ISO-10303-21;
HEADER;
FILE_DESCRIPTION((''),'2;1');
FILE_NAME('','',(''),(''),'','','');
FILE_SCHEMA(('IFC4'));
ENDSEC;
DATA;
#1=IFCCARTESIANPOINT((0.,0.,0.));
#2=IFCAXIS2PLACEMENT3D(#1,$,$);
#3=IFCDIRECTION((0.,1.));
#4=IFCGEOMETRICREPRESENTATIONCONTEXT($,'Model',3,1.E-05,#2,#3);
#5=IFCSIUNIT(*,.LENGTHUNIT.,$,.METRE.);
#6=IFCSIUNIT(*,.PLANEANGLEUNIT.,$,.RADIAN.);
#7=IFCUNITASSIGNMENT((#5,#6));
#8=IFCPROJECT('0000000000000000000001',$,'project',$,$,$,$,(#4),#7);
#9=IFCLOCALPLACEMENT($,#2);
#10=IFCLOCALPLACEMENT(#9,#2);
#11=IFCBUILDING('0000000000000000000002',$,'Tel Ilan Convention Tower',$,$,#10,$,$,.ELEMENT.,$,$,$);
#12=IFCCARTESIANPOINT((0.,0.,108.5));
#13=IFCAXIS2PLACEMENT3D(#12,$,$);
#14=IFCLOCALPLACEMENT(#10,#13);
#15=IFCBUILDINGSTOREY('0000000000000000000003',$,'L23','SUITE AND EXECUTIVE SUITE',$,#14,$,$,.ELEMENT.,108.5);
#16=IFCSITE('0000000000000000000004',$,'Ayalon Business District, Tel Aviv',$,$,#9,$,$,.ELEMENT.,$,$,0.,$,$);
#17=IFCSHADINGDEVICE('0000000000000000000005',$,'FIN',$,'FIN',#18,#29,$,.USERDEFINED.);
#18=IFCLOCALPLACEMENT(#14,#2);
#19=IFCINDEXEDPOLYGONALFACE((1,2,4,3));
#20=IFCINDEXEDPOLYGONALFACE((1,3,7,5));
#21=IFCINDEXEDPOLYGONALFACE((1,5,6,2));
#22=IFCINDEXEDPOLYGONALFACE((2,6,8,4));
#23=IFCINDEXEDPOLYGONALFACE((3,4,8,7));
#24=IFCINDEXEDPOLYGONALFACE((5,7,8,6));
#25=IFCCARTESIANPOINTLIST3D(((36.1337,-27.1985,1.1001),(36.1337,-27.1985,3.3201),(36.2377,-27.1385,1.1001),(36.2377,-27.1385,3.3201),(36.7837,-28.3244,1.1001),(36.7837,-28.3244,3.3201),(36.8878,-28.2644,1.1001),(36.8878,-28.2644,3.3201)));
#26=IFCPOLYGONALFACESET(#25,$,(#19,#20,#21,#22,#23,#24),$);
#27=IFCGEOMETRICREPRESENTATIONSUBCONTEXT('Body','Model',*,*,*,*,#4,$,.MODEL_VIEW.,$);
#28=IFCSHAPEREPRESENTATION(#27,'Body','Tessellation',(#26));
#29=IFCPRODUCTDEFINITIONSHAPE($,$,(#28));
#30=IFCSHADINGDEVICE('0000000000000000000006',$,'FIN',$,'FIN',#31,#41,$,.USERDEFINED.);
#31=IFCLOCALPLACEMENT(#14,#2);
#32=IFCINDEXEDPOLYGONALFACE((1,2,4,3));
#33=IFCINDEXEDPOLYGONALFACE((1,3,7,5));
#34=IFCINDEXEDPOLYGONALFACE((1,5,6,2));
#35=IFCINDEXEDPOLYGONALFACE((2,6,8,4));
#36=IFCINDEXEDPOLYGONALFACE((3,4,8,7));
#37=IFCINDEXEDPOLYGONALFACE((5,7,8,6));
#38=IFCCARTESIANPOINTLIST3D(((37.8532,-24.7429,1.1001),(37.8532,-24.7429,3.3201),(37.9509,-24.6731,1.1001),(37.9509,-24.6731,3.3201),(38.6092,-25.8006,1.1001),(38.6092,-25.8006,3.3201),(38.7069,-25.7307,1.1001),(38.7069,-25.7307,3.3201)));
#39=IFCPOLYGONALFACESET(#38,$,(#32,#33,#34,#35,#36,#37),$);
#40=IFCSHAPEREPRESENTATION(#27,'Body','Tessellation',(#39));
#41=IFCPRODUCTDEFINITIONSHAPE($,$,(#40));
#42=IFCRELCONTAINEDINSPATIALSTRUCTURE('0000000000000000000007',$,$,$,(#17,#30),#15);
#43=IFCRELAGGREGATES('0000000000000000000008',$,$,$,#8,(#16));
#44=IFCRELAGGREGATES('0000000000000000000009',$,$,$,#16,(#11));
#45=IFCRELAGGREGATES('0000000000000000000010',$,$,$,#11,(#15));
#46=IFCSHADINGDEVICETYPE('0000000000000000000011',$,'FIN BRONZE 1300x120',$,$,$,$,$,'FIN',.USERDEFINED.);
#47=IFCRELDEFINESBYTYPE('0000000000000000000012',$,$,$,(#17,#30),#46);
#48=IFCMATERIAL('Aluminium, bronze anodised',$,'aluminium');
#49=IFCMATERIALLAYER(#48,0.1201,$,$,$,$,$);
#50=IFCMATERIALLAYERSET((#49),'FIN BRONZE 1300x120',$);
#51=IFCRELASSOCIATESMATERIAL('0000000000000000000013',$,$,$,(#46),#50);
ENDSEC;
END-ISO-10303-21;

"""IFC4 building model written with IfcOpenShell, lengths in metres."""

from ifc_helpers import new_model, si_unit, direction, frame, origin, origin_2d, place, context, subcontext, project, spatial, rectangle, extrude, material, layer, layer_set, type_object, element, save


model = new_model("IFC4")

# Units and contexts
model_context = context("Model", 3, precision=1e-05, world=origin(), true_north=direction((0.0, 1.0)))
body_context = subcontext(model_context, "Body", "Model", "MODEL_VIEW")
ifc_project = project(units=[si_unit("LENGTHUNIT", "METRE"), si_unit("PLANEANGLEUNIT", "RADIAN")], contexts=[model_context])

# Site, building, storey
site_placement = place(None, origin())
site = spatial("IfcSite", under=ifc_project, at=site_placement, Name="Ayalon Business District, Tel Aviv", CompositionType="ELEMENT", RefElevation=0.0)
building_placement = place(site_placement, origin())
building = spatial("IfcBuilding", under=site, at=building_placement, Name="Tel Ilan Convention Tower", CompositionType="ELEMENT")
storey_placement = place(building_placement, frame((0.0, 0.0, 108.5)))
storey = spatial("IfcBuildingStorey", under=building, at=storey_placement, Name="L23", Description="SUITE AND EXECUTIVE SUITE", CompositionType="ELEMENT", Elevation=108.5)

# Shading devices
ifc_material_1 = material(Name="Aluminium, bronze anodised", Category="aluminium")
ifc_layer_1 = layer(ifc_material_1, 0.1201)
ifc_layer_set_1 = layer_set([ifc_layer_1], Name="FIN BRONZE 1300x120")
shading_device_type = type_object("IfcShadingDeviceType", Name="FIN BRONZE 1300x120", ElementType="FIN", PredefinedType="USERDEFINED", material=ifc_layer_set_1)
for number, where, z_axis, x_axis, name in (
    (1, (36.5107, -27.7314, 1.1001), (0.0, 0.0, 1.0), (0.5, -0.866025, 0.0), "FIN"),
    (2, (38.28, -25.2368, 1.1001), (0.0, 0.0, 1.0), (0.581492, -0.813552, 0.0), "FIN"),
):
    element("IfcShadingDevice", number, at=place(storey_placement, frame(where, z_axis=z_axis, x_axis=x_axis)), inside=storey, type_object=shading_device_type, Name=name, ObjectType="FIN", PredefinedType="USERDEFINED", context=body_context, shape_type="SweptSolid", body=[
        extrude(rectangle(XDim=1.3, YDim=0.1201, at=origin_2d()), origin(), (0.0, 0.0, 1.0), 2.22),
    ])

save(model, "model.ifc")
